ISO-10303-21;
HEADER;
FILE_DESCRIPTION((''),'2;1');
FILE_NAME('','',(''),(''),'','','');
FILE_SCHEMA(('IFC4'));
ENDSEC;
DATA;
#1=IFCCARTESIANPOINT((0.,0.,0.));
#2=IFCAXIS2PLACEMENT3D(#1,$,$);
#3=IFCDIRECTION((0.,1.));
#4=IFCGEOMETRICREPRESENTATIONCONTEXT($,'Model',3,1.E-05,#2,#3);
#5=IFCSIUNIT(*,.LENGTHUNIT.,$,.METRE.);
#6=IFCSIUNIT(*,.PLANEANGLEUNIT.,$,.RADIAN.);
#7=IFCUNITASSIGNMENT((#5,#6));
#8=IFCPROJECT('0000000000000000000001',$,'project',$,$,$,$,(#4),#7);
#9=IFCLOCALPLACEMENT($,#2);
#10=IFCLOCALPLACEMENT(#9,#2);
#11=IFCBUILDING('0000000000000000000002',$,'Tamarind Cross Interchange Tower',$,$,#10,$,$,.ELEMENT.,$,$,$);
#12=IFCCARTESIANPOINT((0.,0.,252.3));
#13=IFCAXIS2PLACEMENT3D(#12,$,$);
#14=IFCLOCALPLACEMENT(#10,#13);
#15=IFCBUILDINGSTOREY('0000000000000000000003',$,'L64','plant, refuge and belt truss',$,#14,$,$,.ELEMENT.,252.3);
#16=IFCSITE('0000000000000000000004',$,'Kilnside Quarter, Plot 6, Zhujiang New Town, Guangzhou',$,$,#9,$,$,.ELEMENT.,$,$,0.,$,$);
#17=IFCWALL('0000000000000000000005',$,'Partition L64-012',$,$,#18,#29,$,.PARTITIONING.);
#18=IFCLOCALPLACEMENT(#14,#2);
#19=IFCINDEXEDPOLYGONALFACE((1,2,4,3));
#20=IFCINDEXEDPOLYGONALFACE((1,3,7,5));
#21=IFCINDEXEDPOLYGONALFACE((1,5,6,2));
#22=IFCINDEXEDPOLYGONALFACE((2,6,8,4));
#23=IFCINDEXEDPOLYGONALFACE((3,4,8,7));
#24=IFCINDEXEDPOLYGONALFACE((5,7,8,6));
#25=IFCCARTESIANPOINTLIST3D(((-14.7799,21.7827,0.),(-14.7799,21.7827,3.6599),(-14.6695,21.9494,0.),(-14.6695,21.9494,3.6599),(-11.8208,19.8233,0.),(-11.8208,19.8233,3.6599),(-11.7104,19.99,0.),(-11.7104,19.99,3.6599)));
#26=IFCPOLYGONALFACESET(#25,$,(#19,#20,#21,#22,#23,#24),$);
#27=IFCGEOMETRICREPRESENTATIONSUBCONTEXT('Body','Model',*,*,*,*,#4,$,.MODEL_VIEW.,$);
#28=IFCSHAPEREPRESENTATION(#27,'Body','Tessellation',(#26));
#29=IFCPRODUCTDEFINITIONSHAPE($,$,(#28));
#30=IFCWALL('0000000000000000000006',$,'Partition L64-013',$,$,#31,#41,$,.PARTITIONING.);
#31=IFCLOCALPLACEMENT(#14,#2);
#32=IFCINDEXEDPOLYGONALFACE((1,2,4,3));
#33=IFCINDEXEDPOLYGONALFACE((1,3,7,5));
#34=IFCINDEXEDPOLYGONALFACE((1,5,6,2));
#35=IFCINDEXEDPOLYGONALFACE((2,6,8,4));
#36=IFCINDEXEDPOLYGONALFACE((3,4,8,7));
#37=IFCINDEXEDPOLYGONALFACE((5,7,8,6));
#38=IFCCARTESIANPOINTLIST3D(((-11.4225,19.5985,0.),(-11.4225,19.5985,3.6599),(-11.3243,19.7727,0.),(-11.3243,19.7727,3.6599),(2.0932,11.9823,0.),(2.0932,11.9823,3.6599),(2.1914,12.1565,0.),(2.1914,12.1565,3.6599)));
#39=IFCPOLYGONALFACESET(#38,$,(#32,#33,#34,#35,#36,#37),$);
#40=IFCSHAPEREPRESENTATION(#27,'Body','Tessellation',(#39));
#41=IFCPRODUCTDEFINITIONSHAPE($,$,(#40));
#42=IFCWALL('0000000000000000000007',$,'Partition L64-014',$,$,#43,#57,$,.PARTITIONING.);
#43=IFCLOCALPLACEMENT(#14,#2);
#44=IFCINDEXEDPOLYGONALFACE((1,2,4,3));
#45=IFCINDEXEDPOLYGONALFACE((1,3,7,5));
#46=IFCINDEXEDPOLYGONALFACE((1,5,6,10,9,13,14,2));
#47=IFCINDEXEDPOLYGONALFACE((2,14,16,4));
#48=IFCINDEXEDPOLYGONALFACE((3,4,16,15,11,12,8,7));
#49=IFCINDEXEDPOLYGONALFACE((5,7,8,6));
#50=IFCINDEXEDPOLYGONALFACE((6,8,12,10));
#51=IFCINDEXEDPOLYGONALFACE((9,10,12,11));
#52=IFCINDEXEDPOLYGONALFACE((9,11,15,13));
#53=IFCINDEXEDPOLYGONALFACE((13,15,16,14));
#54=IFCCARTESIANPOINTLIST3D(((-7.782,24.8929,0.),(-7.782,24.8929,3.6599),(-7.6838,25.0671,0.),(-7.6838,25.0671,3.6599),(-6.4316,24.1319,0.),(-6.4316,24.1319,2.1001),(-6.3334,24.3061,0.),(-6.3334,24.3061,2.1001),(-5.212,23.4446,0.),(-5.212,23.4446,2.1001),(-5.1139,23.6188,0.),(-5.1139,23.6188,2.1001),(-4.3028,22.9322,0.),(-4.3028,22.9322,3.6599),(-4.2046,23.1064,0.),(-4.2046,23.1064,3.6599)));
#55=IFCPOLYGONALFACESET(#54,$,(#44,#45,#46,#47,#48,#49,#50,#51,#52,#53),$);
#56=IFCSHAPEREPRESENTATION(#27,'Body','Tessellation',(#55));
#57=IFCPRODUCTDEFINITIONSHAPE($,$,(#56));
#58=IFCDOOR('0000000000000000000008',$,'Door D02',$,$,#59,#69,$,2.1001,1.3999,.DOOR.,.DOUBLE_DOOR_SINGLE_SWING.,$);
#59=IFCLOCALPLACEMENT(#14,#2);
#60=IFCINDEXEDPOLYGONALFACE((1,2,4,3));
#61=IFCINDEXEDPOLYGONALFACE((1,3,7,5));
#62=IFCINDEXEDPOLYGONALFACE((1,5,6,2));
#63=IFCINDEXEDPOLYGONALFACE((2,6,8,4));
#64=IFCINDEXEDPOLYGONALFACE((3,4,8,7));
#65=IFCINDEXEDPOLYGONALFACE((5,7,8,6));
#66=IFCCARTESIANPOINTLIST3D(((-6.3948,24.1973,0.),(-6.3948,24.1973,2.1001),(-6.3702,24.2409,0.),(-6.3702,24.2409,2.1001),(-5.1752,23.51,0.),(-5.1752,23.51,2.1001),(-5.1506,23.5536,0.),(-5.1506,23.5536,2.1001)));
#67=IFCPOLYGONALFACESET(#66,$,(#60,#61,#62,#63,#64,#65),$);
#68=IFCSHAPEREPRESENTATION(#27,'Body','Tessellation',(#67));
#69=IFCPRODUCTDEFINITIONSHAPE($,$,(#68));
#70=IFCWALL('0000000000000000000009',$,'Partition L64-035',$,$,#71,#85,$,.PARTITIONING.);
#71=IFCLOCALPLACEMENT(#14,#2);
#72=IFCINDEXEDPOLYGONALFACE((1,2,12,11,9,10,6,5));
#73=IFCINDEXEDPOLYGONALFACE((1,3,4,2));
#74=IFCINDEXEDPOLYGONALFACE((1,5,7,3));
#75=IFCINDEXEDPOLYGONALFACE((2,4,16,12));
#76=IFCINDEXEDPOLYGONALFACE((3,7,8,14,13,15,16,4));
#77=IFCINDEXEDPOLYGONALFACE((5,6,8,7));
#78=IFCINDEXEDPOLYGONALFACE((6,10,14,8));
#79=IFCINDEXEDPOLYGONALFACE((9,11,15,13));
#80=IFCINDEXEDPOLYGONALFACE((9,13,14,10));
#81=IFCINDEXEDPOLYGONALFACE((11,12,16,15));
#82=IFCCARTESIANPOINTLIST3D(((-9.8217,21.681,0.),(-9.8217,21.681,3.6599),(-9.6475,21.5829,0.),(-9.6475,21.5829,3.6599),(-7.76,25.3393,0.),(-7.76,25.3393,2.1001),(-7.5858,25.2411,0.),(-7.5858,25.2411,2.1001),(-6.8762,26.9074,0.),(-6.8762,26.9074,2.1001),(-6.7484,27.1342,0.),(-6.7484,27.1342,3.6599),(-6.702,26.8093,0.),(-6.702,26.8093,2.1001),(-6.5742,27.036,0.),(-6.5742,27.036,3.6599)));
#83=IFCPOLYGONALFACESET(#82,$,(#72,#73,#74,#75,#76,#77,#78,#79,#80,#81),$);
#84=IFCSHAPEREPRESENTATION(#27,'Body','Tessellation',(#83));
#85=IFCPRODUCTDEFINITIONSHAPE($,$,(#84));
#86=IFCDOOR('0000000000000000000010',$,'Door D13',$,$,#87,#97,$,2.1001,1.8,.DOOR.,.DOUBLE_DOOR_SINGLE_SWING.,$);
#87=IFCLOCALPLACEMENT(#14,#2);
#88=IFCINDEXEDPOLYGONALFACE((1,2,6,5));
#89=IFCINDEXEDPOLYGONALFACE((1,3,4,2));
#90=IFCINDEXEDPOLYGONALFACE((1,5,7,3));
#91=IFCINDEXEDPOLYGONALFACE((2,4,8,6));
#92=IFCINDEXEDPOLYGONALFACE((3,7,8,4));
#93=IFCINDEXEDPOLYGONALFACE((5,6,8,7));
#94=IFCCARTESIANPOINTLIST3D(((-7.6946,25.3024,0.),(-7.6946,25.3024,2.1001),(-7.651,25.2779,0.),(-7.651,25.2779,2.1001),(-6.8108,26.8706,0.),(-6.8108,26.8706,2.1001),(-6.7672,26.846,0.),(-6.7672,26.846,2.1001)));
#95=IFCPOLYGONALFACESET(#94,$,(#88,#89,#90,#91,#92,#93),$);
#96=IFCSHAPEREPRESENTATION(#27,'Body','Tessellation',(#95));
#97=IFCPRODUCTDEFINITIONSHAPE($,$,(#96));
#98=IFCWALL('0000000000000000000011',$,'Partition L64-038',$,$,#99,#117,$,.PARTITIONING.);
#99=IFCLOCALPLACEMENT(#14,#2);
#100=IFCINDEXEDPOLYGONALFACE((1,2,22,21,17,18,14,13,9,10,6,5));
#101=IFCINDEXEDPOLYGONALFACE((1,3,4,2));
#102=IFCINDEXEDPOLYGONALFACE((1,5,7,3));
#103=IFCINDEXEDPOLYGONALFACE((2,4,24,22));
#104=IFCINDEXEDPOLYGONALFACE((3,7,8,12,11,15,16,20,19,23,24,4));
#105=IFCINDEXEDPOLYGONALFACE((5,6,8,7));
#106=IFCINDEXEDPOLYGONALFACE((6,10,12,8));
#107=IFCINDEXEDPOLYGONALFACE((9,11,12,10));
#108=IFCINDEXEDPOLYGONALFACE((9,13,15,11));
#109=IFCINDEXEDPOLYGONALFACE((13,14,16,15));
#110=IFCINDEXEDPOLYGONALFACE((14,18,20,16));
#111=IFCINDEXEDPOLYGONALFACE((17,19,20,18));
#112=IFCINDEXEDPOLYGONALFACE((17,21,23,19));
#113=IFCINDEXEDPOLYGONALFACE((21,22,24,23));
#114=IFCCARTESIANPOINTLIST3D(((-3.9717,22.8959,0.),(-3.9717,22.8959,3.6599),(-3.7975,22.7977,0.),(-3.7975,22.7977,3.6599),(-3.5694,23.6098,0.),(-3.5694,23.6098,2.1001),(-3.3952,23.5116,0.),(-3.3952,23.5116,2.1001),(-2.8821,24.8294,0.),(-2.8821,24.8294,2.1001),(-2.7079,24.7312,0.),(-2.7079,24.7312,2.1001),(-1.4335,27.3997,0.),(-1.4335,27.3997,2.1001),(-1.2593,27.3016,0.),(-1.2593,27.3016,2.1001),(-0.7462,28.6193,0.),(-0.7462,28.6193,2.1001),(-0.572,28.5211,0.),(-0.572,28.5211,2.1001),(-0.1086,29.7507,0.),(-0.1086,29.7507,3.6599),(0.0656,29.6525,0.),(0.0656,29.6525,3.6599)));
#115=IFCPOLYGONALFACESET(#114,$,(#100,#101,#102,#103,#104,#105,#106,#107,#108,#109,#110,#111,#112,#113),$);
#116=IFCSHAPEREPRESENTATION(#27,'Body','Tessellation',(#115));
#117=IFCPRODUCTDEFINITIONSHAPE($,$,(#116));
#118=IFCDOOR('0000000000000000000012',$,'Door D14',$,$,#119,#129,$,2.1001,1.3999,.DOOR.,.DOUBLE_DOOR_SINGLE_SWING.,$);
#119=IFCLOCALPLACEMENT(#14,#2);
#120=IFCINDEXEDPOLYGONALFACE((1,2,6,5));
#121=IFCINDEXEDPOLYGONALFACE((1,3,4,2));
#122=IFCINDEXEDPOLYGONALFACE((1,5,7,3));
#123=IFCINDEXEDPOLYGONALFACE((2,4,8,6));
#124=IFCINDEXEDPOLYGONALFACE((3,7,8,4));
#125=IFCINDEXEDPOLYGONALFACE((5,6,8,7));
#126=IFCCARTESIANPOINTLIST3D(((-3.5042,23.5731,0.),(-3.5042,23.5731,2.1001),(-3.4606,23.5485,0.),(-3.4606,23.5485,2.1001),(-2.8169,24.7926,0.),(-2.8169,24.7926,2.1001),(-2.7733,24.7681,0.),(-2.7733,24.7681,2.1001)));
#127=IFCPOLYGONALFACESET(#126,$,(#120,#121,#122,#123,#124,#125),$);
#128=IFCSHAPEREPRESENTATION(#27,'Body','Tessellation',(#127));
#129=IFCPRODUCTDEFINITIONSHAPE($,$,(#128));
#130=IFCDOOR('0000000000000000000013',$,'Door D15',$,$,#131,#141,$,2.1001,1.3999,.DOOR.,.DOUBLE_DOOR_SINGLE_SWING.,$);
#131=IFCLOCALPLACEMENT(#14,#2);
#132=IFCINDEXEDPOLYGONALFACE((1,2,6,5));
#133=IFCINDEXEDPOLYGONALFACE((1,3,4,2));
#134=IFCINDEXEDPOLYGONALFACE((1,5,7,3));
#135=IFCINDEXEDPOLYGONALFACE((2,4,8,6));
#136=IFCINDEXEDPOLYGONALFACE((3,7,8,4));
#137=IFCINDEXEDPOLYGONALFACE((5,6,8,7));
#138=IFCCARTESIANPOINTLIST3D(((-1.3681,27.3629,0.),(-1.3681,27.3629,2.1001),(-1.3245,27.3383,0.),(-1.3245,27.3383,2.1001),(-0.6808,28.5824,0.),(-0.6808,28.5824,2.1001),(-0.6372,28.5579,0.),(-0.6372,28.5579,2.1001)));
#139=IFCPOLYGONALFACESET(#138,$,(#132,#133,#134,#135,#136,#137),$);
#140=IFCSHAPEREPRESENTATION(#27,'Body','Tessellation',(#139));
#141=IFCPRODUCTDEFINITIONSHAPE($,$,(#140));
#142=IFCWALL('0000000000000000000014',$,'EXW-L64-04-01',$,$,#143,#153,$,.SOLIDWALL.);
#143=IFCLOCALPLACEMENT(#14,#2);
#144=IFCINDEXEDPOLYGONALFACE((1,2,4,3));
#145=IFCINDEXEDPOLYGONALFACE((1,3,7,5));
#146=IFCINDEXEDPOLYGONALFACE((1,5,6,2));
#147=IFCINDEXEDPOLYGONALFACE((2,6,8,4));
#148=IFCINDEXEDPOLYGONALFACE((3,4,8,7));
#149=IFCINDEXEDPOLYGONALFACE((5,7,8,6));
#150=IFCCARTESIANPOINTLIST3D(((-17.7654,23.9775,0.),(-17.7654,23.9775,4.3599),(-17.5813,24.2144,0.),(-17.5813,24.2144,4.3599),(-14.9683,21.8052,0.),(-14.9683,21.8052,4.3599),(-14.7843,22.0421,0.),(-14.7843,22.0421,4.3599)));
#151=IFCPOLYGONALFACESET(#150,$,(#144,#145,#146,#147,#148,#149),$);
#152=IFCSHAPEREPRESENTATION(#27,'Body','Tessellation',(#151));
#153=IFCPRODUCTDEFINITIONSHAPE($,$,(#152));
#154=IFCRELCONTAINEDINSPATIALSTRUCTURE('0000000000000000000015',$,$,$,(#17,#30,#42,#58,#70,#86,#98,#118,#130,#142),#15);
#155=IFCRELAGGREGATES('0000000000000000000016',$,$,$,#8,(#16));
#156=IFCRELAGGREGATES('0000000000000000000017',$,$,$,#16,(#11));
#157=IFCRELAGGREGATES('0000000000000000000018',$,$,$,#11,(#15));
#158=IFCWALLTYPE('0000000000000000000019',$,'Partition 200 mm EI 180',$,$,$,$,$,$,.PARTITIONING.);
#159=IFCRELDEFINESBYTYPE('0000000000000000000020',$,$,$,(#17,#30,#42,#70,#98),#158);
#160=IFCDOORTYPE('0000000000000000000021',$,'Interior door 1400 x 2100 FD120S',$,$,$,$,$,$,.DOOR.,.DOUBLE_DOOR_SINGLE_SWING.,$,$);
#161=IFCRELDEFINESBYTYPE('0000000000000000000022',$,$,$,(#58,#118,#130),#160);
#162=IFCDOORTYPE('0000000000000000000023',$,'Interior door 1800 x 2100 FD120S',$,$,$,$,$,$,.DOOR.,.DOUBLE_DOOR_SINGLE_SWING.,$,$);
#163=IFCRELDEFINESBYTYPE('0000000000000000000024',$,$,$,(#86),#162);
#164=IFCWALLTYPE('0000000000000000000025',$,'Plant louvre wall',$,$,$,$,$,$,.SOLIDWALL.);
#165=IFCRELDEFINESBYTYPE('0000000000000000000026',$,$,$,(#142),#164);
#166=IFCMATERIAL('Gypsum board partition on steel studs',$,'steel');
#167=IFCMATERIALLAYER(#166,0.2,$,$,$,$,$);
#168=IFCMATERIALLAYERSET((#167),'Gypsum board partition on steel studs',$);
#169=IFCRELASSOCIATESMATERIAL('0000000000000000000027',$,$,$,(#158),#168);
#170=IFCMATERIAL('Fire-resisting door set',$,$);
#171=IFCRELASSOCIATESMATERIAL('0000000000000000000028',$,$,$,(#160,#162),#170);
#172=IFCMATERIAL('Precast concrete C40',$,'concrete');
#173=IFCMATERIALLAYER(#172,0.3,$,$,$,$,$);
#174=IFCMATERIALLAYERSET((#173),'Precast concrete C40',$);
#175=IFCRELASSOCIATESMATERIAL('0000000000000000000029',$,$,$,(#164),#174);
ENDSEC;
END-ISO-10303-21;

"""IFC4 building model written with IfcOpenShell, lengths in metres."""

from ifc_helpers import new_model, si_unit, direction, frame, frame_2d, origin, place, context, subcontext, project, spatial, rectangle, extrude, material, layer, layer_set, type_object, element, fill, save


model = new_model("IFC4")

# Units and contexts
model_context = context("Model", 3, precision=1e-05, world=origin(), true_north=direction((0.0, 1.0)))
body_context = subcontext(model_context, "Body", "Model", "MODEL_VIEW")
ifc_project = project(units=[si_unit("LENGTHUNIT", "METRE"), si_unit("PLANEANGLEUNIT", "RADIAN")], contexts=[model_context])

# Site, building, storey
site_placement = place(None, origin())
site = spatial("IfcSite", under=ifc_project, at=site_placement, Name="Kilnside Quarter, Plot 6, Zhujiang New Town, Guangzhou", CompositionType="ELEMENT", RefElevation=0.0)
building_placement = place(site_placement, origin())
building = spatial("IfcBuilding", under=site, at=building_placement, Name="Tamarind Cross Interchange Tower", CompositionType="ELEMENT")
storey_placement = place(building_placement, frame((0.0, 0.0, 252.3)))
storey = spatial("IfcBuildingStorey", under=building, at=storey_placement, Name="L64", Description="plant, refuge and belt truss", CompositionType="ELEMENT", Elevation=252.3)

# Walls
ifc_material_1 = material(Name="Gypsum board partition on steel studs", Category="steel")
ifc_layer_1 = layer(ifc_material_1, 0.2)
ifc_layer_set_1 = layer_set([ifc_layer_1], Name="Gypsum board partition on steel studs")
wall_type_1 = type_object("IfcWallType", Name="Partition 200 mm EI 180", PredefinedType="PARTITIONING", material=ifc_layer_set_1)
wall_1_placement = place(storey_placement, frame((-14.7246, 21.866, 0.0), z_axis=(0.0, 0.0, 1.0), x_axis=(0.833782, -0.552094, 0.0)))
element("IfcWall", 1, at=wall_1_placement, inside=storey, type_object=wall_type_1, Name="Partition L64-012", PredefinedType="PARTITIONING", context=body_context, shape_type="SweptSolid", body=[
    extrude(rectangle(XDim=3.5491, YDim=0.2, at=frame_2d((1.7744, 0.0))), origin(), (0.0, 0.0, 1.0), 3.6599),
])
wall_2_placement = place(storey_placement, frame((-11.3733, 19.6855, 0.0), z_axis=(0.0, 0.0, 1.0), x_axis=(0.871199, -0.490931, 0.0)))
element("IfcWall", 2, at=wall_2_placement, inside=storey, type_object=wall_type_1, Name="Partition L64-013", PredefinedType="PARTITIONING", context=body_context, shape_type="SweptSolid", body=[
    extrude(rectangle(XDim=15.5139, YDim=0.2, at=frame_2d((7.7568, 0.0))), origin(), (0.0, 0.0, 1.0), 3.6599),
])

# Walls, openings, doors
wall_3_placement = place(storey_placement, frame((-7.7329, 24.98, 0.0), z_axis=(0.0, 0.0, 1.0), x_axis=(0.871188, -0.490949, 0.0)))
wall_3 = element("IfcWall", 3, at=wall_3_placement, inside=storey, type_object=wall_type_1, Name="Partition L64-014", PredefinedType="PARTITIONING", context=body_context, shape_type="SweptSolid", body=[
    extrude(rectangle(XDim=3.9937, YDim=0.2, at=frame_2d((1.9968, 0.0))), origin(), (0.0, 0.0, 1.0), 3.6599),
])
opening_1_placement = place(wall_3_placement, frame((1.55, 0.0, 0.0)))
opening_1 = element("IfcOpeningElement", 4, at=opening_1_placement, cuts=wall_3, PredefinedType="OPENING", context=body_context, shape_type="SweptSolid", body=[
    extrude(rectangle(XDim=1.3999, YDim=2.1001, at=frame_2d((0.7, 1.05))), frame((0.0, 0.1099, 0.0), z_axis=(0.0, -1.0, 0.0), x_axis=(1.0, 0.0, 0.0)), (0.0, 0.0, 1.0), 0.22),
])
ifc_material_2 = material(Name="Fire-resisting door set")
door_type_1 = type_object("IfcDoorType", Name="Interior door 1400 x 2100 FD120S", OperationType="DOUBLE_DOOR_SINGLE_SWING", PredefinedType="DOOR", material=ifc_material_2)
door_1_placement = place(opening_1_placement, frame((1.3999, 0.0, 0.0), z_axis=(0.0, 0.0, 1.0), x_axis=(-1.0, 0.0, 0.0)))
door_1 = element("IfcDoor", 5, at=door_1_placement, inside=storey, type_object=door_type_1, Name="Door D02", OperationType="DOUBLE_DOOR_SINGLE_SWING", OverallHeight=2.1001, OverallWidth=1.3999, PredefinedType="DOOR", context=body_context, shape_type="SweptSolid", body=[
    extrude(rectangle(XDim=1.3999, YDim=2.1001, at=frame_2d((0.7, 1.05))), frame((0.0, 0.0249, 0.0), z_axis=(0.0, -1.0, 0.0), x_axis=(1.0, 0.0, 0.0)), (0.0, 0.0, 1.0), 0.05),
])
fill(opening_1, door_1)
wall_4_placement = place(storey_placement, frame((-9.7346, 21.6318, 0.0), z_axis=(0.0, 0.0, 1.0), x_axis=(0.490972, 0.871175, 0.0)))
wall_4 = element("IfcWall", 6, at=wall_4_placement, inside=storey, type_object=wall_type_1, Name="Partition L64-035", PredefinedType="PARTITIONING", context=body_context, shape_type="SweptSolid", body=[
    extrude(rectangle(XDim=6.2595, YDim=0.2, at=frame_2d((3.1299, 0.0))), origin(), (0.0, 0.0, 1.0), 3.6599),
])
opening_2_placement = place(wall_4_placement, frame((4.1995, 0.0, 0.0)))
opening_2 = element("IfcOpeningElement", 7, at=opening_2_placement, cuts=wall_4, PredefinedType="OPENING", context=body_context, shape_type="SweptSolid", body=[
    extrude(rectangle(XDim=1.8, YDim=2.1001, at=frame_2d((0.8999, 1.05))), frame((0.0, 0.1099, 0.0), z_axis=(0.0, -1.0, 0.0), x_axis=(1.0, 0.0, 0.0)), (0.0, 0.0, 1.0), 0.22),
])
door_type_2 = type_object("IfcDoorType", Name="Interior door 1800 x 2100 FD120S", OperationType="DOUBLE_DOOR_SINGLE_SWING", PredefinedType="DOOR", material=ifc_material_2)
door_2_placement = place(opening_2_placement, origin())
door_2 = element("IfcDoor", 8, at=door_2_placement, inside=storey, type_object=door_type_2, Name="Door D13", OperationType="DOUBLE_DOOR_SINGLE_SWING", OverallHeight=2.1001, OverallWidth=1.8, PredefinedType="DOOR", context=body_context, shape_type="SweptSolid", body=[
    extrude(rectangle(XDim=1.8, YDim=2.1001, at=frame_2d((0.8999, 1.05))), frame((0.0, 0.0249, 0.0), z_axis=(0.0, -1.0, 0.0), x_axis=(1.0, 0.0, 0.0)), (0.0, 0.0, 1.0), 0.05),
])
fill(opening_2, door_2)

# Wall, openings, doors
wall_5_placement = place(storey_placement, frame((-3.8845, 22.8469, 0.0), z_axis=(0.0, 0.0, 1.0), x_axis=(0.490961, 0.871182, 0.0)))
wall_5 = element("IfcWall", 9, at=wall_5_placement, inside=storey, type_object=wall_type_1, Name="Partition L64-038", PredefinedType="PARTITIONING", context=body_context, shape_type="SweptSolid", body=[
    extrude(rectangle(XDim=7.8684, YDim=0.2, at=frame_2d((3.9341, 0.0))), origin(), (0.0, 0.0, 1.0), 3.6599),
])
opening_3_placement = place(wall_5_placement, frame((0.8193, 0.0, 0.0)))
opening_3 = element("IfcOpeningElement", 10, at=opening_3_placement, cuts=wall_5, PredefinedType="OPENING", context=body_context, shape_type="SweptSolid", body=[
    extrude(rectangle(XDim=1.3999, YDim=2.1001, at=frame_2d((0.7, 1.05))), frame((0.0, 0.1099, 0.0), z_axis=(0.0, -1.0, 0.0), x_axis=(1.0, 0.0, 0.0)), (0.0, 0.0, 1.0), 0.22),
])
opening_4_placement = place(wall_5_placement, frame((5.1697, 0.0, 0.0)))
opening_4 = element("IfcOpeningElement", 11, at=opening_4_placement, cuts=wall_5, PredefinedType="OPENING", context=body_context, shape_type="SweptSolid", body=[
    extrude(rectangle(XDim=1.3999, YDim=2.1001, at=frame_2d((0.7, 1.05))), frame((0.0, 0.1099, 0.0), z_axis=(0.0, -1.0, 0.0), x_axis=(1.0, 0.0, 0.0)), (0.0, 0.0, 1.0), 0.22),
])
door_3_placement = place(opening_3_placement, frame((1.3999, 0.0, 0.0), z_axis=(0.0, 0.0, 1.0), x_axis=(-1.0, 0.0, 0.0)))
door_3 = element("IfcDoor", 12, at=door_3_placement, inside=storey, type_object=door_type_1, Name="Door D14", OperationType="DOUBLE_DOOR_SINGLE_SWING", OverallHeight=2.1001, OverallWidth=1.3999, PredefinedType="DOOR", context=body_context, shape_type="SweptSolid", body=[
    extrude(rectangle(XDim=1.3999, YDim=2.1001, at=frame_2d((0.7, 1.05))), frame((0.0, 0.0249, 0.0), z_axis=(0.0, -1.0, 0.0), x_axis=(1.0, 0.0, 0.0)), (0.0, 0.0, 1.0), 0.05),
])
fill(opening_3, door_3)
door_4_placement = place(opening_4_placement, origin())
door_4 = element("IfcDoor", 13, at=door_4_placement, inside=storey, type_object=door_type_1, Name="Door D15", OperationType="DOUBLE_DOOR_SINGLE_SWING", OverallHeight=2.1001, OverallWidth=1.3999, PredefinedType="DOOR", context=body_context, shape_type="SweptSolid", body=[
    extrude(rectangle(XDim=1.3999, YDim=2.1001, at=frame_2d((0.7, 1.05))), frame((0.0, 0.0249, 0.0), z_axis=(0.0, -1.0, 0.0), x_axis=(1.0, 0.0, 0.0)), (0.0, 0.0, 1.0), 0.05),
])
fill(opening_4, door_4)

# Wall
ifc_material_3 = material(Name="Precast concrete C40", Category="concrete")
ifc_layer_2 = layer(ifc_material_3, 0.3)
ifc_layer_set_2 = layer_set([ifc_layer_2], Name="Precast concrete C40")
wall_type_2 = type_object("IfcWallType", Name="Plant louvre wall", PredefinedType="SOLIDWALL", material=ifc_layer_set_2)
wall_6_placement = place(storey_placement, frame((-17.6733, 24.0959, 0.0), z_axis=(0.0, 0.0, 1.0), x_axis=(0.789786, -0.613382, 0.0)))
element("IfcWall", 14, at=wall_6_placement, inside=storey, type_object=wall_type_2, Name="EXW-L64-04-01", PredefinedType="SOLIDWALL", context=body_context, shape_type="SweptSolid", body=[
    extrude(rectangle(XDim=3.5415, YDim=0.3, at=frame_2d((1.7708, 0.0))), origin(), (0.0, 0.0, 1.0), 4.3599),
])

save(model, "model.ifc")
